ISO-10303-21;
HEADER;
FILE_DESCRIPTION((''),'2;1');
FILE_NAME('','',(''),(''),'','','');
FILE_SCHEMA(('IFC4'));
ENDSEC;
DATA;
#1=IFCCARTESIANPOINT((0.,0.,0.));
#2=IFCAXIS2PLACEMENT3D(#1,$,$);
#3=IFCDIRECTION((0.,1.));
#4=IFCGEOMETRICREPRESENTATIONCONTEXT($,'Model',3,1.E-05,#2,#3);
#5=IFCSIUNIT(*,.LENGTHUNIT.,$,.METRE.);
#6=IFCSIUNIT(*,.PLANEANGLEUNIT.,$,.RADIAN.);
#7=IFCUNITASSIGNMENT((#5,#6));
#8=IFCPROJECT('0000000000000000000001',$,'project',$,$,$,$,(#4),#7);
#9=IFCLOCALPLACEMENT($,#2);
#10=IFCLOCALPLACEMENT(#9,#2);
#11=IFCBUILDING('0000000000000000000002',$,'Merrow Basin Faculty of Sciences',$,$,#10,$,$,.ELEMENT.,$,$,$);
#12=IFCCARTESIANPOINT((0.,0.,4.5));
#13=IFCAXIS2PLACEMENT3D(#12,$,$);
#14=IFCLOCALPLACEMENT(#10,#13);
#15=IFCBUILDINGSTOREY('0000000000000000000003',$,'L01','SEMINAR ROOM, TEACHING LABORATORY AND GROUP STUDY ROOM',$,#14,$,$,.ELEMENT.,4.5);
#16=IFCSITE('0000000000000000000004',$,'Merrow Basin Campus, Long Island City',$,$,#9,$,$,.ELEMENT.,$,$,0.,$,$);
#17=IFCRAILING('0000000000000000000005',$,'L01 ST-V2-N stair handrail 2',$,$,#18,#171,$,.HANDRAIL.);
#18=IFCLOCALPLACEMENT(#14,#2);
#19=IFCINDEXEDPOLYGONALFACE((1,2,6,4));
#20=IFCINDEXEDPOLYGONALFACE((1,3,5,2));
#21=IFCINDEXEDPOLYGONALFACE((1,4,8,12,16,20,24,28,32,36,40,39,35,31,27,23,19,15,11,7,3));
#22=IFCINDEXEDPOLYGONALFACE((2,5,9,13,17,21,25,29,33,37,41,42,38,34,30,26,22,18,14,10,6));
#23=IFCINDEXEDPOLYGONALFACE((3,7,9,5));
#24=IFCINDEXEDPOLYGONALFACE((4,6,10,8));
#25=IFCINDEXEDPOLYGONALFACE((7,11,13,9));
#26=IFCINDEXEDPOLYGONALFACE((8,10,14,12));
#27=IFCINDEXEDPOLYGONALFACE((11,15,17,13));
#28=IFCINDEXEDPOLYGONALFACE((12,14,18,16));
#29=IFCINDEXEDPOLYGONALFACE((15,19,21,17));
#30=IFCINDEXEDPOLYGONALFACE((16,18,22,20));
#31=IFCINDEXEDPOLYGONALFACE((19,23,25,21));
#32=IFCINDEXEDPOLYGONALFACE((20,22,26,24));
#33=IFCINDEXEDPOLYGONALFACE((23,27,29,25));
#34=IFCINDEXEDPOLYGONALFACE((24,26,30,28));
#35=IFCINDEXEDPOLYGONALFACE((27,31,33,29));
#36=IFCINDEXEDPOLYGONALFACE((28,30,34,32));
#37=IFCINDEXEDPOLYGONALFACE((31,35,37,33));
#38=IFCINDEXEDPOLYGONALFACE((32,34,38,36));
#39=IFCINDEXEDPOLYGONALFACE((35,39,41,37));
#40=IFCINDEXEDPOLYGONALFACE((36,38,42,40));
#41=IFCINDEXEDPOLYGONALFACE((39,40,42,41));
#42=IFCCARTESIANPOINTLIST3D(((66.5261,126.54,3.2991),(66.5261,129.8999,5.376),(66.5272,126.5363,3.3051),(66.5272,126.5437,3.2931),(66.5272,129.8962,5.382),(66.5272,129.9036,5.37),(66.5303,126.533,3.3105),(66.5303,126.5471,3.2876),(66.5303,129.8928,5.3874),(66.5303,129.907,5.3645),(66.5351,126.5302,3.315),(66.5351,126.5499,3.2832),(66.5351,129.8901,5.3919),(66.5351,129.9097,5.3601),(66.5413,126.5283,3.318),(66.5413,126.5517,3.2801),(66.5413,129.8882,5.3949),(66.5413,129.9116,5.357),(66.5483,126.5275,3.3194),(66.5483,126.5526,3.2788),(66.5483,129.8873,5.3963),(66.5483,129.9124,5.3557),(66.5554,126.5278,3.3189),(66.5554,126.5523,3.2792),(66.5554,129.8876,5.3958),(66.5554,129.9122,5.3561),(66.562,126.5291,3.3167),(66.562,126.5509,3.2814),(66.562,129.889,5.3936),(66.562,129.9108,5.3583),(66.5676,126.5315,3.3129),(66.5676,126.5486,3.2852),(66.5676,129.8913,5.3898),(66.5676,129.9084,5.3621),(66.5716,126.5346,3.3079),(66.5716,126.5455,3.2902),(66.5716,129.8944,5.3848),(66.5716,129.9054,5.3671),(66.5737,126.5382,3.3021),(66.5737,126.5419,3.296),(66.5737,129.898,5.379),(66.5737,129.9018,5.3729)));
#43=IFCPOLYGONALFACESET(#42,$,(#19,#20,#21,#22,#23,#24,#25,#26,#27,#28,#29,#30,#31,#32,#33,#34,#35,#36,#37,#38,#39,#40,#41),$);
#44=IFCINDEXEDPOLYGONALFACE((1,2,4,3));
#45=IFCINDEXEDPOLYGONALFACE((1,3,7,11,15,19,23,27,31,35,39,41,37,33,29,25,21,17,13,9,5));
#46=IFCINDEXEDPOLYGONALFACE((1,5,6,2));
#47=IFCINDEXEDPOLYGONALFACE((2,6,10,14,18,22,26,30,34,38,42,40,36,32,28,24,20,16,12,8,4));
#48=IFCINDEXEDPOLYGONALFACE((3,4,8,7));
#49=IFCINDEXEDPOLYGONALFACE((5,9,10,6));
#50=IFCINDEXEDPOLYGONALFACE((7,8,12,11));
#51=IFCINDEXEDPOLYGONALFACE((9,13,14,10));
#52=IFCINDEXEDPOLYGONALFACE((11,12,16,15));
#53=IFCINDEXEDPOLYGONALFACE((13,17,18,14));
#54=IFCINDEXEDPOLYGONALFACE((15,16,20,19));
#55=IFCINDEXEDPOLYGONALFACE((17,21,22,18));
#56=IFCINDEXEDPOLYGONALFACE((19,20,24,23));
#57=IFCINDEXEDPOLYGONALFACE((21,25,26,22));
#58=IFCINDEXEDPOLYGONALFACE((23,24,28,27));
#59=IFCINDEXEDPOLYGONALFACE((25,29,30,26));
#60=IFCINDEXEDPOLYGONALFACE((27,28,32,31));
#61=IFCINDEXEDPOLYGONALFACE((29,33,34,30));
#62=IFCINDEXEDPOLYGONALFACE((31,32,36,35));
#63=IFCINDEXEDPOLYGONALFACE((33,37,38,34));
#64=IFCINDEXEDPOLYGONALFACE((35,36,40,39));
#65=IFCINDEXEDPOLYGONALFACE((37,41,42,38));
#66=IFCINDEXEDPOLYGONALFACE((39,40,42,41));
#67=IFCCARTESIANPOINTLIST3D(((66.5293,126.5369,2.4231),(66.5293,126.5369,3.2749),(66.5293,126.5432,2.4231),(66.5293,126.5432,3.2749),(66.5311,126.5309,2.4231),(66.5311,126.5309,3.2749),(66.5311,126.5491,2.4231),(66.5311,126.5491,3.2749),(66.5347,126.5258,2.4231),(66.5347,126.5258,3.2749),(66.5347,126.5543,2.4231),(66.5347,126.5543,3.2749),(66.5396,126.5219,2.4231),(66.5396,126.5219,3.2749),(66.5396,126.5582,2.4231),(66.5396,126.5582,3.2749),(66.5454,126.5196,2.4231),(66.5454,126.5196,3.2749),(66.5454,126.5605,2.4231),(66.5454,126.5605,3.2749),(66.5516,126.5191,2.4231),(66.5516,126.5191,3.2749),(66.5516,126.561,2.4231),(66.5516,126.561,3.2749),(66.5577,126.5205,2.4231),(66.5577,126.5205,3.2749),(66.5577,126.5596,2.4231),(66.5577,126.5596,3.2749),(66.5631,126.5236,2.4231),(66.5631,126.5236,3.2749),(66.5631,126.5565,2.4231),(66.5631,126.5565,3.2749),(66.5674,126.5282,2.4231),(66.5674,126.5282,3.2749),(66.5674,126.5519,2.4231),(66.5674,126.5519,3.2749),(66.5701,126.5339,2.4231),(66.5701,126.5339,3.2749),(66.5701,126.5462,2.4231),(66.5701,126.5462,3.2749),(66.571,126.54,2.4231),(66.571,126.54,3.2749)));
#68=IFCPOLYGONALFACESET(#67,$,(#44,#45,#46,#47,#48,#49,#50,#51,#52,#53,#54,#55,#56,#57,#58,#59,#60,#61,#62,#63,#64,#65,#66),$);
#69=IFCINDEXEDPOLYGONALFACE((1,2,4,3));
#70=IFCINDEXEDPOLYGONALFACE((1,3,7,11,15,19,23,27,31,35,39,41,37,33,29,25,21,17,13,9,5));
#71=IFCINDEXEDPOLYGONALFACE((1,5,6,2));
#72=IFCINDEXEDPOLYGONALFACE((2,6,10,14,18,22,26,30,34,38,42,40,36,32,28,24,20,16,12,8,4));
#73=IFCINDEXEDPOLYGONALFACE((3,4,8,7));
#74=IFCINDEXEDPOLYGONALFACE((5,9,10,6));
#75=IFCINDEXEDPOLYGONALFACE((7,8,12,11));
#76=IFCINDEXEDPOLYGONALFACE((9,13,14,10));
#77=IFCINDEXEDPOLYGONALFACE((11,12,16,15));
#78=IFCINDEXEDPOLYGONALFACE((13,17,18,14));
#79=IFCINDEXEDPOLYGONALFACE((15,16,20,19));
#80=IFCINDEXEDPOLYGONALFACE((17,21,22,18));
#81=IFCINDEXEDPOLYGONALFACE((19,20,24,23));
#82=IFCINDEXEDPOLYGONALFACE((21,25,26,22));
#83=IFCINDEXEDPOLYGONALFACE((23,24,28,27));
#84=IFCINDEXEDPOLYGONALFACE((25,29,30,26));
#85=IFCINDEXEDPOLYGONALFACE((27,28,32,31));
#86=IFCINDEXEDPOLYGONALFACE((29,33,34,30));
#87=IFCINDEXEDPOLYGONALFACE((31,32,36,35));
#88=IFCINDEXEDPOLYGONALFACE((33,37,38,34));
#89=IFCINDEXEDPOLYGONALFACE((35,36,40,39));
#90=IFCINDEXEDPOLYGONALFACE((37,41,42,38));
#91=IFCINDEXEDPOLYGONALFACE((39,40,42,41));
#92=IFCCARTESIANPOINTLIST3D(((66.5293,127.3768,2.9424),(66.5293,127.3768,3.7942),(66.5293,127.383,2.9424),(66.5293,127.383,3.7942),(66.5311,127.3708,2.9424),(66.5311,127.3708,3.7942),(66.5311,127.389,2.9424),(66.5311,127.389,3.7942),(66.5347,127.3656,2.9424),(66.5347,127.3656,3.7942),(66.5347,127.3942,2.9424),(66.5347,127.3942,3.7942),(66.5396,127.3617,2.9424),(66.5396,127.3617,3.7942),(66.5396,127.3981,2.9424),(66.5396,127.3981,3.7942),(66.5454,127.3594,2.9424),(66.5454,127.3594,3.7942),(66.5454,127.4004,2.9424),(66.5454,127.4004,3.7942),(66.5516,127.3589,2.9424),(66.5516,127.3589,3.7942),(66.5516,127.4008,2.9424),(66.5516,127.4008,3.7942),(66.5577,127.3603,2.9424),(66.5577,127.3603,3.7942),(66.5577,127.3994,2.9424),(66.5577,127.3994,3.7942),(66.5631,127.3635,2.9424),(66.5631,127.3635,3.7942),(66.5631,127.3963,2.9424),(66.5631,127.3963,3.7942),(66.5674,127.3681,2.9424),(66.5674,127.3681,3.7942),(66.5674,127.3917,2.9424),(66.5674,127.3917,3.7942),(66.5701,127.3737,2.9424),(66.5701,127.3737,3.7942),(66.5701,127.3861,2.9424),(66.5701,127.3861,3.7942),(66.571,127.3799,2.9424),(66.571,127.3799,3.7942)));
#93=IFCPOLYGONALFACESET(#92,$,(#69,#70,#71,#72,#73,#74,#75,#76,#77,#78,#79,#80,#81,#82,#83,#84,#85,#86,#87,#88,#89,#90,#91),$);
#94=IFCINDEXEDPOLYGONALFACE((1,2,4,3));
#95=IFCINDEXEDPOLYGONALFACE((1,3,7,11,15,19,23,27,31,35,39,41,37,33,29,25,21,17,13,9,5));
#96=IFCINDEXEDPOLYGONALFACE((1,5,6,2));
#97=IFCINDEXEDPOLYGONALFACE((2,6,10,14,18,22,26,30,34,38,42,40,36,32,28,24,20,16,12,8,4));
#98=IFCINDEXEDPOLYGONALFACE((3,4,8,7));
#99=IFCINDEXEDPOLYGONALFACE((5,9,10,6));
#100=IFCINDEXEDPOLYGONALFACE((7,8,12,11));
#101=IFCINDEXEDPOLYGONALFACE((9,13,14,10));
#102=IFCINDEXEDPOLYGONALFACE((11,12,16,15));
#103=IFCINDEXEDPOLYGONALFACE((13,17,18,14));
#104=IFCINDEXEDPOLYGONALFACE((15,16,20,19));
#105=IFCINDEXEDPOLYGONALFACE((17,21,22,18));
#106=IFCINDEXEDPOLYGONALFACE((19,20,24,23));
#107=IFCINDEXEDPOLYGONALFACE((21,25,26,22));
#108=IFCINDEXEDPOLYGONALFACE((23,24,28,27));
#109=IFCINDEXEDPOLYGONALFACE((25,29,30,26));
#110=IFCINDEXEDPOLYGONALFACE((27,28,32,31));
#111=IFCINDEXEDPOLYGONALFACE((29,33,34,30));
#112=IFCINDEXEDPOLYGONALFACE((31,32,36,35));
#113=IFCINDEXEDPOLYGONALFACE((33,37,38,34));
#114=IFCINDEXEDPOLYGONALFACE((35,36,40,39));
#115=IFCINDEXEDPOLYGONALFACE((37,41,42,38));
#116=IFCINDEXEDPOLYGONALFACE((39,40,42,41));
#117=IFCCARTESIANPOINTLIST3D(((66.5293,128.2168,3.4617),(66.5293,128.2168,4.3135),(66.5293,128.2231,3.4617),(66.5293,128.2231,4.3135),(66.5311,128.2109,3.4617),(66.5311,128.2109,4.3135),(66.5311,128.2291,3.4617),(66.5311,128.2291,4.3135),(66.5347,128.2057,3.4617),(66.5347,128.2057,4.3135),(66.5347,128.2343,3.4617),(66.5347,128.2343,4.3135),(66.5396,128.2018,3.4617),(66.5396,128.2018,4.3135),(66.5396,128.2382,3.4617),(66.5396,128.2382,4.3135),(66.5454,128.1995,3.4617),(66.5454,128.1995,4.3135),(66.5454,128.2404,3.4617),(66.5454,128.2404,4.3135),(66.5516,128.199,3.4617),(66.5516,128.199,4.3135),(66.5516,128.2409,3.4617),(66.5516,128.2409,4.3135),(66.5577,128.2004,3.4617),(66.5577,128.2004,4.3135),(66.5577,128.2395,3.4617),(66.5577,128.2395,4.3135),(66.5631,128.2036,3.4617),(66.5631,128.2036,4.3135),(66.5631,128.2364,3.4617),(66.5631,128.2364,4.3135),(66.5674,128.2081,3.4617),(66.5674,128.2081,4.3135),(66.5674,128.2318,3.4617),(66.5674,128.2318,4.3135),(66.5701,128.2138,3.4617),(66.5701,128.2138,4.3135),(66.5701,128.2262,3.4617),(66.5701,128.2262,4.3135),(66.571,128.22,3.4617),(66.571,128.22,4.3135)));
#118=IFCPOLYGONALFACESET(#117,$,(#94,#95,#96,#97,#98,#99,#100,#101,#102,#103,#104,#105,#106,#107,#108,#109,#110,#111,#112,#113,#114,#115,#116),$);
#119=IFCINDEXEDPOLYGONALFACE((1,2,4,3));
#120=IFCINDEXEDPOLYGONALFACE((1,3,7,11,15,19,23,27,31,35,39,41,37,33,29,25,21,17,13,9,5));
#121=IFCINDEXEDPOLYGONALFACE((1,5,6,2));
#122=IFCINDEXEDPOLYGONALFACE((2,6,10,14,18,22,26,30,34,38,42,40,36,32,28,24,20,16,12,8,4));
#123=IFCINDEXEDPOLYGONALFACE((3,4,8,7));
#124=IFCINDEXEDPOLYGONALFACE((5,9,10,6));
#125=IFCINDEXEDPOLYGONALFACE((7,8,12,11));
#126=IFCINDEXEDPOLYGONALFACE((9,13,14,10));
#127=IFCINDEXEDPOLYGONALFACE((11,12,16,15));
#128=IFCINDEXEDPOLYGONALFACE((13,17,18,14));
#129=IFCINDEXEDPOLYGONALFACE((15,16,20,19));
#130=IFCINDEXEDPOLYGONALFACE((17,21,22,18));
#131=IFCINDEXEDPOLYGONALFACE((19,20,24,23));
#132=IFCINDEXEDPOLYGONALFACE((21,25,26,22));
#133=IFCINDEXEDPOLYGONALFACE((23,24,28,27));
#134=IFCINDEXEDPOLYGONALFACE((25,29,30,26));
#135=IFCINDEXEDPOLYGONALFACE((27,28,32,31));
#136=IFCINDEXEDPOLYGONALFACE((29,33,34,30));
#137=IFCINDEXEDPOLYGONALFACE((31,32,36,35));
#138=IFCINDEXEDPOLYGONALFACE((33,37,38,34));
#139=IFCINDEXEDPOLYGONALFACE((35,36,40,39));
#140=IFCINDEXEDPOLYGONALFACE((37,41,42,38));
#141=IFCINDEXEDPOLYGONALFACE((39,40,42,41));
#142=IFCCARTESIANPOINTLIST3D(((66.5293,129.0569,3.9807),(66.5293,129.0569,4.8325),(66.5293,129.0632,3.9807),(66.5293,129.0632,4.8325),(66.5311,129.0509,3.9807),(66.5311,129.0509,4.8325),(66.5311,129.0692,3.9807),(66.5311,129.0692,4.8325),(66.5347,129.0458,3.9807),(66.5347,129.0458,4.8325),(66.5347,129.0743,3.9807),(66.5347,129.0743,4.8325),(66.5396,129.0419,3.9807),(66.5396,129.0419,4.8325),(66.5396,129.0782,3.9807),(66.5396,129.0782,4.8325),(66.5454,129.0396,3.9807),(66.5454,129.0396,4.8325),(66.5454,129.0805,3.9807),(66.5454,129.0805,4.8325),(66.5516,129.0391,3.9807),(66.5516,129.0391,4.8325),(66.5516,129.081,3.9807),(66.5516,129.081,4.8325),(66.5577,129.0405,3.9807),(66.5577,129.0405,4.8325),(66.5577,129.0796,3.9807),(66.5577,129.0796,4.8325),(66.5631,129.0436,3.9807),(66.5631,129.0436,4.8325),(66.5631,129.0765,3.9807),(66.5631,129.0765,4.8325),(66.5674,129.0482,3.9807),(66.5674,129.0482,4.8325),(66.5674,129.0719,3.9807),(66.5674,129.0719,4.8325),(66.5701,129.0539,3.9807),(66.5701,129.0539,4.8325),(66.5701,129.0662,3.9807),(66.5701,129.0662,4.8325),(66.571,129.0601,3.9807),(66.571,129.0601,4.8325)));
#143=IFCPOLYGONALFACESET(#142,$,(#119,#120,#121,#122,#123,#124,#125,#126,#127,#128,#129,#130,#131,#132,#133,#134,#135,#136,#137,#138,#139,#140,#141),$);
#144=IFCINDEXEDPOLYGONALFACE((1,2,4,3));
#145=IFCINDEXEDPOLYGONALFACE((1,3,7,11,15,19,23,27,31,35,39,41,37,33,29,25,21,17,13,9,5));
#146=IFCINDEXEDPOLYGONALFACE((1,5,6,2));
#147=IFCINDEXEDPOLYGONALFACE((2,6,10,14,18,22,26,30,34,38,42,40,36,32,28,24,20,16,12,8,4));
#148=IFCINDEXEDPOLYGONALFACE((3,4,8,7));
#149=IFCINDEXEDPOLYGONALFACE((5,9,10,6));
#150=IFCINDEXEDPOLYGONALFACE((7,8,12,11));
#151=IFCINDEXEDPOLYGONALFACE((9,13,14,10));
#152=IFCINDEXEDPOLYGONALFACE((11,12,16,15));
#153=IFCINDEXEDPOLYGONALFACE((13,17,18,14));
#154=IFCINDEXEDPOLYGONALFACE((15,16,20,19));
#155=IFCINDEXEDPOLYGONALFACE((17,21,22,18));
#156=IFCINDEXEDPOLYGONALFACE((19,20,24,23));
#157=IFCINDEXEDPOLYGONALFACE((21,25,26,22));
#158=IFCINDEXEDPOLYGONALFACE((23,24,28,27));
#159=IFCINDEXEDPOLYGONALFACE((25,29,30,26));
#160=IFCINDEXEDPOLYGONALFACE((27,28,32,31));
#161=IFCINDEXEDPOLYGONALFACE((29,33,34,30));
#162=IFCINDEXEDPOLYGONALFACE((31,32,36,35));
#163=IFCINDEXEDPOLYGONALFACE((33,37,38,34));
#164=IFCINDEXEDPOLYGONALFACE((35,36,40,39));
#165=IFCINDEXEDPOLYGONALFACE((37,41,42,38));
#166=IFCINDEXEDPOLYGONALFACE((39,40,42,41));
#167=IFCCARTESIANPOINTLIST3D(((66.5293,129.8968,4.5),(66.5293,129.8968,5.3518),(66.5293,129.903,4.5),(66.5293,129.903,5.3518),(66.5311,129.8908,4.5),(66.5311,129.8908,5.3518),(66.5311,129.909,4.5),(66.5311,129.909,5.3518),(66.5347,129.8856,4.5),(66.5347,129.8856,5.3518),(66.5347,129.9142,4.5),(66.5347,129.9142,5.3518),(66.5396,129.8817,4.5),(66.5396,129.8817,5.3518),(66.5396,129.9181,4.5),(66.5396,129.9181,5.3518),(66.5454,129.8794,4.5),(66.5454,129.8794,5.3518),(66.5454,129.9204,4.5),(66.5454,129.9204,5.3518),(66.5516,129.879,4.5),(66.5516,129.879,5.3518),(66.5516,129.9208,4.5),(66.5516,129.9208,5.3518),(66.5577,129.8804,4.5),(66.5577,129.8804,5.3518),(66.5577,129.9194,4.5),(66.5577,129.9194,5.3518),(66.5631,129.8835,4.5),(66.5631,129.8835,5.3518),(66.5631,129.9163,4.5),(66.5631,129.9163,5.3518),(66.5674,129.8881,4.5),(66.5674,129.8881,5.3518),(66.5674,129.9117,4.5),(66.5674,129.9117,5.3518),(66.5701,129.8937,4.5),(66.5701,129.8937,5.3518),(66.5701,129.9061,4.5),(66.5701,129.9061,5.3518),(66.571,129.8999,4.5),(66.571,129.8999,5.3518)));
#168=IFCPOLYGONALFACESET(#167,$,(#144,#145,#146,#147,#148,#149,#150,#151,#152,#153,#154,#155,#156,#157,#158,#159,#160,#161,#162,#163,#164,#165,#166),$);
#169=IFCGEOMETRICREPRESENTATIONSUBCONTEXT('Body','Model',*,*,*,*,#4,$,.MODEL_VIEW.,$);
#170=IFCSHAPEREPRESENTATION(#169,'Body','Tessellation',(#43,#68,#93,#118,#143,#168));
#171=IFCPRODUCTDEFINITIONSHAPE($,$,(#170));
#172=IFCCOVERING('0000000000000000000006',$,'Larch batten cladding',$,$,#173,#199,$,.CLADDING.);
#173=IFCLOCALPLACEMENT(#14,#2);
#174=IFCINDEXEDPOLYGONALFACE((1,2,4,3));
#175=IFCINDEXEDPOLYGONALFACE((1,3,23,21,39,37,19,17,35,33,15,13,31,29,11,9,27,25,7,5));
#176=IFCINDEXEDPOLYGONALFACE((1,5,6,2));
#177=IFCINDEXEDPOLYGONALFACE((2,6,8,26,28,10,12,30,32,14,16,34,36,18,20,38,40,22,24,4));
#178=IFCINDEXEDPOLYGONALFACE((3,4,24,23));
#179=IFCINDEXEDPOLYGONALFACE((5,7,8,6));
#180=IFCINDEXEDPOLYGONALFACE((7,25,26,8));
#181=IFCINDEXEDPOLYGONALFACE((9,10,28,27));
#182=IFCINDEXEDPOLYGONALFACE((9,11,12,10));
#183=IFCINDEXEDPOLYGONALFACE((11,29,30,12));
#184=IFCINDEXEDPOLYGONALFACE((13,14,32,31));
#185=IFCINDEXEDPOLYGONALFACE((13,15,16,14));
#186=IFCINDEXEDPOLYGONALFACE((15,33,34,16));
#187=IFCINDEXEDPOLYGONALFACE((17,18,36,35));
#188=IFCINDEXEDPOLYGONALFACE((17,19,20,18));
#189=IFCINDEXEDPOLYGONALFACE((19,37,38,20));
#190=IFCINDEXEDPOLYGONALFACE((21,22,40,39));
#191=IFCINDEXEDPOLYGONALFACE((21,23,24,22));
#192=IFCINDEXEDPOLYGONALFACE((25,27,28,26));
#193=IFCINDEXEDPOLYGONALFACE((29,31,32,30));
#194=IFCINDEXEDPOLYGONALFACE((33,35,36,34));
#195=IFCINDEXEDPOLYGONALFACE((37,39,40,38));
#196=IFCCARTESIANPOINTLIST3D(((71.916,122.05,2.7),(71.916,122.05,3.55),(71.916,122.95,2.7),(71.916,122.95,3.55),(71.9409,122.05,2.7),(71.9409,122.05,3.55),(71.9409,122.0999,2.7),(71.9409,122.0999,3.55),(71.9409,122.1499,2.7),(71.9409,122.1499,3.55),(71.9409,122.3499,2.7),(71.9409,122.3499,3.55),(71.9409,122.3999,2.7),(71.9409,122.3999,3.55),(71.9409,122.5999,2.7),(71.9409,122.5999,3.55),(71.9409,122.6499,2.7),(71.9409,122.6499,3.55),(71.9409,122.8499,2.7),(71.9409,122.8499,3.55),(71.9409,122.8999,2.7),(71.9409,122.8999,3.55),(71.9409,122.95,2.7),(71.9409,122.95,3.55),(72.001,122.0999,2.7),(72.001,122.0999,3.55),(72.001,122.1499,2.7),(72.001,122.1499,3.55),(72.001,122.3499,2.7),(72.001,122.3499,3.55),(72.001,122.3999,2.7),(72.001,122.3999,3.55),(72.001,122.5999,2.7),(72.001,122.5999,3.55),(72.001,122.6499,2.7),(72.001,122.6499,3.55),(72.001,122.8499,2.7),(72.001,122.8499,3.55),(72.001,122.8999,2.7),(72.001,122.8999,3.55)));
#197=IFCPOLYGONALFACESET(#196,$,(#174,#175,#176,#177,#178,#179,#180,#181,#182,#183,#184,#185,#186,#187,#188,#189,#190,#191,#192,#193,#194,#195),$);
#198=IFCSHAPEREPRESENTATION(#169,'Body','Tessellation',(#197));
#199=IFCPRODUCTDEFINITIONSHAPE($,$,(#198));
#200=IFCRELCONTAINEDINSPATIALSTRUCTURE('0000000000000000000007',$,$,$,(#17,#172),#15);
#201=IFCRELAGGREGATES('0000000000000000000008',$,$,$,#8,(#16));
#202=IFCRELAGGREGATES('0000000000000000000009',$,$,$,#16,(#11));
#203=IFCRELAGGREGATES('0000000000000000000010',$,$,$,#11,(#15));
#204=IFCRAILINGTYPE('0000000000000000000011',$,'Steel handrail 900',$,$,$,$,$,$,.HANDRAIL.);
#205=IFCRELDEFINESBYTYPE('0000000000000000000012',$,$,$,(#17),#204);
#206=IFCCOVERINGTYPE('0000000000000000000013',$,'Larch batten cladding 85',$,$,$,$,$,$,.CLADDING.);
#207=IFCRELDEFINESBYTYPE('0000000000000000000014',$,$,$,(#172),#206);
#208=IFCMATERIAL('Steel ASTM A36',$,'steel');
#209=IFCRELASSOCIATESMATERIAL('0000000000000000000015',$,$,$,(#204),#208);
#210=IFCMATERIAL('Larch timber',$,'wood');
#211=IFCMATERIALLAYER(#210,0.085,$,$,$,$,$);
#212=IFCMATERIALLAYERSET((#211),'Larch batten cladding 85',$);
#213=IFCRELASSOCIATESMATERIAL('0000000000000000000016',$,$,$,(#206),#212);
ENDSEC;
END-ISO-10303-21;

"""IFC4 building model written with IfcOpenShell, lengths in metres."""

from ifc_helpers import new_model, si_unit, direction, frame, origin, origin_2d, place, context, subcontext, project, spatial, polyline, circle, outline, extrude, source, transform, mapped, material, layer, layer_set, type_object, element, save


model = new_model("IFC4")

# Units and contexts
model_context = context("Model", 3, precision=1e-05, world=origin(), true_north=direction((0.0, 1.0)))
body_context = subcontext(model_context, "Body", "Model", "MODEL_VIEW")
ifc_project = project(units=[si_unit("LENGTHUNIT", "METRE"), si_unit("PLANEANGLEUNIT", "RADIAN")], contexts=[model_context])

# Site, building, storey
site_placement = place(None, origin())
site = spatial("IfcSite", under=ifc_project, at=site_placement, Name="Merrow Basin Campus, Long Island City", CompositionType="ELEMENT", RefElevation=0.0)
building_placement = place(site_placement, origin())
building = spatial("IfcBuilding", under=site, at=building_placement, Name="Merrow Basin Faculty of Sciences", CompositionType="ELEMENT")
storey_placement = place(building_placement, frame((0.0, 0.0, 4.5)))
storey = spatial("IfcBuildingStorey", under=building, at=storey_placement, Name="L01", Description="SEMINAR ROOM, TEACHING LABORATORY AND GROUP STUDY ROOM", CompositionType="ELEMENT", Elevation=4.5)

# Railing
ifc_material_1 = material(Name="Steel ASTM A36", Category="steel")
railing_type_1 = type_object("IfcRailingType", Name="Steel handrail 900", PredefinedType="HANDRAIL", material=ifc_material_1)
railing_1_placement = place(storey_placement, frame((66.55, 126.54, 2.4231)))
element("IfcRailing", 1, at=railing_1_placement, inside=storey, type_object=railing_type_1, Name="L01 ST-V2-N stair handrail 2", PredefinedType="HANDRAIL", context=body_context, shape_type="SweptSolid", body=[
    extrude(circle(Radius=0.0239, at=origin_2d()), frame((0.0, 0.0, 0.876), z_axis=(0.0, 0.850606, 0.525803), x_axis=(-1.0, 0.0, 0.0)), (0.0, 0.0, 1.0), 3.95),
    extrude(circle(Radius=0.021, at=origin_2d()), origin(), (0.0, 0.0, 1.0), 0.8518),
    extrude(circle(Radius=0.021, at=origin_2d()), frame((0.0, 0.8398, 0.5193)), (0.0, 0.0, 1.0), 0.8518),
    extrude(circle(Radius=0.021, at=origin_2d()), frame((0.0, 1.6799, 1.0386)), (0.0, 0.0, 1.0), 0.8518),
    extrude(circle(Radius=0.021, at=origin_2d()), frame((0.0, 2.52, 1.5576)), (0.0, 0.0, 1.0), 0.8518),
    extrude(circle(Radius=0.021, at=origin_2d()), frame((0.0, 3.3599, 2.0769)), (0.0, 0.0, 1.0), 0.8518),
])

# Covering
ifc_material_2 = material(Name="Larch timber", Category="wood")
ifc_layer_1 = layer(ifc_material_2, 0.085)
ifc_layer_set_1 = layer_set([ifc_layer_1], Name="Larch batten cladding 85")
covering_type = type_object("IfcCoveringType", Name="Larch batten cladding 85", PredefinedType="CLADDING", material=ifc_layer_set_1)
shared_shape_1 = source(origin(), body_context, "Body", "SweptSolid", [
    extrude(outline(polyline([(0.0, 0.0), (0.8999, 0.0), (0.8999, 0.0249), (0.8501, 0.0249), (0.8501, 0.085), (0.8, 0.085), (0.8, 0.0249), (0.6001, 0.0249), (0.6001, 0.085), (0.55, 0.085), (0.55, 0.0249), (0.3501, 0.0249), (0.3501, 0.085), (0.3, 0.085), (0.3, 0.0249), (0.1001, 0.0249), (0.1001, 0.085), (0.05, 0.085), (0.05, 0.0249), (0.0, 0.0249), (0.0, 0.0)])), origin(), (0.0, 0.0, 1.0), 0.8501),
])
for number, where, z_axis, x_axis, name in (
    (2, (71.916, 122.95, 2.7), (0.0, 0.0, 1.0), (0.0, -1.0, 0.0), "Larch batten cladding"),
):
    element("IfcCovering", number, at=place(storey_placement, frame(where, z_axis=z_axis, x_axis=x_axis)), inside=storey, type_object=covering_type, Name=name, PredefinedType="CLADDING", context=body_context, shape_type="MappedRepresentation", body=[
        mapped(shared_shape_1, transform((0.0, 0.0, 0.0), scale=1.0)),
    ])

save(model, "model.ifc")
